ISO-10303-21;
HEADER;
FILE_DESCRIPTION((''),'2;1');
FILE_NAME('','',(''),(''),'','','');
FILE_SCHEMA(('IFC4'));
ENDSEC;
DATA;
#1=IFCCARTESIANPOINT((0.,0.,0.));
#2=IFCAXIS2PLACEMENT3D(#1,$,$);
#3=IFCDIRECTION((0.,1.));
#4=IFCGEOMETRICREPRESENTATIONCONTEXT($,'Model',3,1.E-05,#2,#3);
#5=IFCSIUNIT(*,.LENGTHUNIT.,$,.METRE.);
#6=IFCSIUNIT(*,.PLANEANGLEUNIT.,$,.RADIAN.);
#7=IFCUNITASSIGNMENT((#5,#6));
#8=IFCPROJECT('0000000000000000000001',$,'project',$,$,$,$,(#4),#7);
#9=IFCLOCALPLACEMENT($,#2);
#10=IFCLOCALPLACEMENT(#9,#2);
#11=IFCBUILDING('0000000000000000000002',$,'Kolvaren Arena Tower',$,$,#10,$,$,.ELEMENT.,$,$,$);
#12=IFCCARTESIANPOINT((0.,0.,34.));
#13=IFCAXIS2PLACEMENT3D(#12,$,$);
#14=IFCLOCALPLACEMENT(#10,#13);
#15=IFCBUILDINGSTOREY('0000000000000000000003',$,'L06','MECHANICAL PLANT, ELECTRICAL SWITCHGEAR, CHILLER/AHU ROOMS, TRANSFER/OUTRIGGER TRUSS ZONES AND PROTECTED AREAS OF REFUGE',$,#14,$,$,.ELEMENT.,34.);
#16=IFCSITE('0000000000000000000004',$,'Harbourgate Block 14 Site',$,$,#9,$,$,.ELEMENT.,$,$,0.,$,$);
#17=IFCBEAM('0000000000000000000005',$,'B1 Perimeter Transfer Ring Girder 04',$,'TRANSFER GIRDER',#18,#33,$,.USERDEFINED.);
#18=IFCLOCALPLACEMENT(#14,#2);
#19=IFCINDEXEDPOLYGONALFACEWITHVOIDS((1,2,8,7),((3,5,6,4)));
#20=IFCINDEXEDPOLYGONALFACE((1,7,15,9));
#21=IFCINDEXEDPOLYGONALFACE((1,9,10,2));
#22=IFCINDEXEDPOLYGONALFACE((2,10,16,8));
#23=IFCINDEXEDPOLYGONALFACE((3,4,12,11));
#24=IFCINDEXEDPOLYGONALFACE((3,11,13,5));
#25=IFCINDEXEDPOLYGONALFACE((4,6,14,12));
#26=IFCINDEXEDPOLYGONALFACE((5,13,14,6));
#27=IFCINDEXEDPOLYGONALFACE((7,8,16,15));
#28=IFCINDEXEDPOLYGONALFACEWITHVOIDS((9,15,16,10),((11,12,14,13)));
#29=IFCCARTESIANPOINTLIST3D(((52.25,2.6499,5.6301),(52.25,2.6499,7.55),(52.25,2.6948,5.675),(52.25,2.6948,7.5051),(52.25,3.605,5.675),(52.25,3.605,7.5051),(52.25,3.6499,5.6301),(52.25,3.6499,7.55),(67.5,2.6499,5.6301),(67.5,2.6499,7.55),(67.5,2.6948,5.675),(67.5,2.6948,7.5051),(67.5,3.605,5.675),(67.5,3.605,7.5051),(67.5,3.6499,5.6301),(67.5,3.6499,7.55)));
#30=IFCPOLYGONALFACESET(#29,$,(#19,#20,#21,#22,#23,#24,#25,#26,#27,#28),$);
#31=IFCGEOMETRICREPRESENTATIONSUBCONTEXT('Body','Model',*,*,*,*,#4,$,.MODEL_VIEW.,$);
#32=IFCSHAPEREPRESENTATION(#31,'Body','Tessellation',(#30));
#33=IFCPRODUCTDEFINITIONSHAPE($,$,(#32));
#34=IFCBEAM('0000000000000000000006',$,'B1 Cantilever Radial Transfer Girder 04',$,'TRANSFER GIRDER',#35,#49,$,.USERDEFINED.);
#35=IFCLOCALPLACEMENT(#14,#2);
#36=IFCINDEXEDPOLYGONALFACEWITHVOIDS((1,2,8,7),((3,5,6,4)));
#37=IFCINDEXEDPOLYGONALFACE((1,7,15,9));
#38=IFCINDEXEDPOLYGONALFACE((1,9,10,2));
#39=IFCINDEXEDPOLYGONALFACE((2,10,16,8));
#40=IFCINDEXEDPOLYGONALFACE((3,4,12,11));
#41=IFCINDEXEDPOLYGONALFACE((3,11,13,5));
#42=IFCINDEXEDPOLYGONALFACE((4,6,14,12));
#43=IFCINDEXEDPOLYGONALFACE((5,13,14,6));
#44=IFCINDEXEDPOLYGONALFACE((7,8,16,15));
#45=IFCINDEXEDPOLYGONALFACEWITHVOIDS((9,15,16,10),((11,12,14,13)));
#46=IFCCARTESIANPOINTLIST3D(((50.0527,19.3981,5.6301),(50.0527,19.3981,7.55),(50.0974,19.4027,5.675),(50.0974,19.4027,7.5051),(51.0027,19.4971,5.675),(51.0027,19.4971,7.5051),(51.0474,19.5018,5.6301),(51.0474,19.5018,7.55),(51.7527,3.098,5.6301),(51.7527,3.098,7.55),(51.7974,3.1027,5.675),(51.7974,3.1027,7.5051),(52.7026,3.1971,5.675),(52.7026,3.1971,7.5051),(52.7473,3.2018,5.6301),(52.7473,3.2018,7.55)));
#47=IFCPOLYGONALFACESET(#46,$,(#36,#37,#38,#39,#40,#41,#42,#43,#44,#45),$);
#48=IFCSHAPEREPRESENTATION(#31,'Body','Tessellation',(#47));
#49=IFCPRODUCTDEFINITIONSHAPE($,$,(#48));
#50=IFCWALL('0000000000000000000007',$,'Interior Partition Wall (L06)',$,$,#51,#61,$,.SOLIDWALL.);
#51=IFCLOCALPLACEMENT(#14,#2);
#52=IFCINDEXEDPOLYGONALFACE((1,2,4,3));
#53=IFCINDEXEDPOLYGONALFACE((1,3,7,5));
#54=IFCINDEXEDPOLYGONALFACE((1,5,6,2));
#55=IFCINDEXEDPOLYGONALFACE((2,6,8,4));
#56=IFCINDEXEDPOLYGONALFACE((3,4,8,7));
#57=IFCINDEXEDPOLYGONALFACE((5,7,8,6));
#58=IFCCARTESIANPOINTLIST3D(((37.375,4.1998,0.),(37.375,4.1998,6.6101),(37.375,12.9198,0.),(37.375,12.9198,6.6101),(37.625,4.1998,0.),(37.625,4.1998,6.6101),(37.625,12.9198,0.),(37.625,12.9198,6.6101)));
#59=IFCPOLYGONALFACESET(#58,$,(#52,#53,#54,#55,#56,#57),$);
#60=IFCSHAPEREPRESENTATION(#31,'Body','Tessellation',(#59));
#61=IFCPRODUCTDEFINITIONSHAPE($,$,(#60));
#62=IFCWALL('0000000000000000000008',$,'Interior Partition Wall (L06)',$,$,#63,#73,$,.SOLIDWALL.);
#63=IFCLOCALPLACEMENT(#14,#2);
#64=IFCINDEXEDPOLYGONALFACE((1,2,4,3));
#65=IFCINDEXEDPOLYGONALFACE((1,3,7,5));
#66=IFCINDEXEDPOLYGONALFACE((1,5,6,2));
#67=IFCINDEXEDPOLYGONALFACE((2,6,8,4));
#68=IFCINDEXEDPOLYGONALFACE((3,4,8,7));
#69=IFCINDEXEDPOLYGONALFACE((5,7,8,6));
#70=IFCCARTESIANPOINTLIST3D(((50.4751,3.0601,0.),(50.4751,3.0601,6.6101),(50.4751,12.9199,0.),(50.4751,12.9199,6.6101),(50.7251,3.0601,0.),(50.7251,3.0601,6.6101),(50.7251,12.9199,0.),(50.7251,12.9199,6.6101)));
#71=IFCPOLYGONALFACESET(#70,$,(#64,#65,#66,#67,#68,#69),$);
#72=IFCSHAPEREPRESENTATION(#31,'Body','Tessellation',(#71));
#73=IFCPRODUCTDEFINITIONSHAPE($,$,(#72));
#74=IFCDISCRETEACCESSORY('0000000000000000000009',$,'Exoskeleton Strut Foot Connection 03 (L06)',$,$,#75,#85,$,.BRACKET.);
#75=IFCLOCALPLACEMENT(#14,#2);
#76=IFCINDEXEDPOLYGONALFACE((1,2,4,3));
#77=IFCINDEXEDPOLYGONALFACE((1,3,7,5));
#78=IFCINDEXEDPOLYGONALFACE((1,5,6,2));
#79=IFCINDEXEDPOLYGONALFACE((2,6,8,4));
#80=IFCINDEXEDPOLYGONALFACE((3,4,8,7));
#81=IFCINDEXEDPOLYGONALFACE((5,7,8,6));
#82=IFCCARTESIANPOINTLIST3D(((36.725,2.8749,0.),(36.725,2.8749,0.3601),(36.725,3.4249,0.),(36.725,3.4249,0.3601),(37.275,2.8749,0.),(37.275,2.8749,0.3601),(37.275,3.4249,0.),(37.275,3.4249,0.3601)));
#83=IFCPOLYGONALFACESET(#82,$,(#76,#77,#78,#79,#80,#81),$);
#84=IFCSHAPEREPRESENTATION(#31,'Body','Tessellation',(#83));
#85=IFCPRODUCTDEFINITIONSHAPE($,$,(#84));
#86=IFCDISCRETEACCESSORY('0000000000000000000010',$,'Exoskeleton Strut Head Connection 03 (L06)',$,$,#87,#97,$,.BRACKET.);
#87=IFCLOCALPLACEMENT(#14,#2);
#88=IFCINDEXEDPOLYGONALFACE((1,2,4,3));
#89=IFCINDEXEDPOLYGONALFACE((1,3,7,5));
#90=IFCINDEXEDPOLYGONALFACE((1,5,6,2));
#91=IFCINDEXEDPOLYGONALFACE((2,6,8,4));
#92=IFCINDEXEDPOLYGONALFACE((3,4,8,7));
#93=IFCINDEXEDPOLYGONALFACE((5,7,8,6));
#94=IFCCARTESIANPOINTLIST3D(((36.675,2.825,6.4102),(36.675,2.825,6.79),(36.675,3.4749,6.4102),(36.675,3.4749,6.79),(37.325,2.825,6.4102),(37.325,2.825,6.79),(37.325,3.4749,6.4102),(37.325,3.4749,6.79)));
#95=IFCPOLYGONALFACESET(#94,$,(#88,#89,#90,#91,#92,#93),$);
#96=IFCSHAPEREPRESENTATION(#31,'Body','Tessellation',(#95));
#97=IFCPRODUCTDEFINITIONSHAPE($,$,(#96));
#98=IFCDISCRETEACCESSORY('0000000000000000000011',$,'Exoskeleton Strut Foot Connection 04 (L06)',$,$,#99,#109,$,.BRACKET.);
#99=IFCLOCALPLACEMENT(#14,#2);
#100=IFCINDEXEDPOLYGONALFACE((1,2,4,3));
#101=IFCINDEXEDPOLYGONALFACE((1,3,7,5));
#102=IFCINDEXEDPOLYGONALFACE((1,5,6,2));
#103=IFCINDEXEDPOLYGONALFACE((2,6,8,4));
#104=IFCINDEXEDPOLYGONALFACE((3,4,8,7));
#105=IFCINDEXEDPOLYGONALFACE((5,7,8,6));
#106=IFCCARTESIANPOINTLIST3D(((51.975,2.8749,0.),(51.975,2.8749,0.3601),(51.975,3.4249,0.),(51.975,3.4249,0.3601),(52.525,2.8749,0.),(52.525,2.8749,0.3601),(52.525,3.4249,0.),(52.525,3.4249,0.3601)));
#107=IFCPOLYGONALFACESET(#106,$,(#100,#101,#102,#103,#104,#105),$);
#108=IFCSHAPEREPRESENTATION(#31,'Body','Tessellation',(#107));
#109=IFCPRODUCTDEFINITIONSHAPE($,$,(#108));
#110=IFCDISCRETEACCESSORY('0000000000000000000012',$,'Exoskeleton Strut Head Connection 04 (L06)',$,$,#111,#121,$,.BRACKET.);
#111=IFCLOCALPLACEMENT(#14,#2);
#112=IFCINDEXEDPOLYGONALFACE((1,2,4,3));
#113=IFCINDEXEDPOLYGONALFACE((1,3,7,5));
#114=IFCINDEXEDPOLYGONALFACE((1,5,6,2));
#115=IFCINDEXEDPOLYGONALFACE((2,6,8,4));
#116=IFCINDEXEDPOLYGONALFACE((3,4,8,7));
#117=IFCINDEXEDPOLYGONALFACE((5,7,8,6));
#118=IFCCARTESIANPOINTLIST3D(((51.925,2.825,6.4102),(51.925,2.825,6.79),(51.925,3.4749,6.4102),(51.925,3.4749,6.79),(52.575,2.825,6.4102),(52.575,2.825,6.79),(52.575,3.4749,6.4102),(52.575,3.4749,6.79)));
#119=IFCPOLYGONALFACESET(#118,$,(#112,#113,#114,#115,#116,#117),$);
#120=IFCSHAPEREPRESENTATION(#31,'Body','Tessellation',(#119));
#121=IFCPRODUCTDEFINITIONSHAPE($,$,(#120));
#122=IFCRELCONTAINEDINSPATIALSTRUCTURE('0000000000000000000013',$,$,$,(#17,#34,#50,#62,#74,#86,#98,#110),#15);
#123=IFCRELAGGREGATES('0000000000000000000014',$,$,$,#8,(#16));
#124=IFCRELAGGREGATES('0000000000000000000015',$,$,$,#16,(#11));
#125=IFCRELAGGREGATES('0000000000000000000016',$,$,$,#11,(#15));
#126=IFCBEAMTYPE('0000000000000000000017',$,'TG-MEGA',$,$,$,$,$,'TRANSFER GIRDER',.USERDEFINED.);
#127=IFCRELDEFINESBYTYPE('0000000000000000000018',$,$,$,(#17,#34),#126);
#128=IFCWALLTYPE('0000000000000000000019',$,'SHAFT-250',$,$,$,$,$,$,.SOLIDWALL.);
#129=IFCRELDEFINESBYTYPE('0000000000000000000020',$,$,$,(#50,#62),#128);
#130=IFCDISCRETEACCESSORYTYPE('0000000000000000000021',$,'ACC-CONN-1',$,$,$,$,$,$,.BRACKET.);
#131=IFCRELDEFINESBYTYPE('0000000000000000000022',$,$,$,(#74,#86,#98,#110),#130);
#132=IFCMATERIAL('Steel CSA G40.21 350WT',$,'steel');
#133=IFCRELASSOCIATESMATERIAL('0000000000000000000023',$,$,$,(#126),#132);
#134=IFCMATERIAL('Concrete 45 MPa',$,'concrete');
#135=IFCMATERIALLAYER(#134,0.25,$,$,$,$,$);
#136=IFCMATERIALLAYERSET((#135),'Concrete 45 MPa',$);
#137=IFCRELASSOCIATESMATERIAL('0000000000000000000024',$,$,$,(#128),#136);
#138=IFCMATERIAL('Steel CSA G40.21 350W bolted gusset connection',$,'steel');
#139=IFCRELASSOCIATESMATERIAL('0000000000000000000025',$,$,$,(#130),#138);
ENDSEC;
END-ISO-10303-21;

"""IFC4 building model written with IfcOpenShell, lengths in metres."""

from ifc_helpers import new_model, si_unit, direction, frame, frame_2d, origin, origin_2d, place, context, subcontext, project, spatial, rectangle, hollow_rectangle, extrude, material, layer, layer_set, material_profile, profile_set, type_object, element, save


model = new_model("IFC4")

# Units and contexts
model_context = context("Model", 3, precision=1e-05, world=origin(), true_north=direction((0.0, 1.0)))
body_context = subcontext(model_context, "Body", "Model", "MODEL_VIEW")
ifc_project = project(units=[si_unit("LENGTHUNIT", "METRE"), si_unit("PLANEANGLEUNIT", "RADIAN")], contexts=[model_context])

# Site, building, storey
site_placement = place(None, origin())
site = spatial("IfcSite", under=ifc_project, at=site_placement, Name="Harbourgate Block 14 Site", CompositionType="ELEMENT", RefElevation=0.0)
building_placement = place(site_placement, origin())
building = spatial("IfcBuilding", under=site, at=building_placement, Name="Kolvaren Arena Tower", CompositionType="ELEMENT")
storey_placement = place(building_placement, frame((0.0, 0.0, 34.0)))
storey = spatial("IfcBuildingStorey", under=building, at=storey_placement, Name="L06", Description="MECHANICAL PLANT, ELECTRICAL SWITCHGEAR, CHILLER/AHU ROOMS, TRANSFER/OUTRIGGER TRUSS ZONES AND PROTECTED AREAS OF REFUGE", CompositionType="ELEMENT", Elevation=34.0)

# Shared definitions
ifc_material_1 = material(Name="Steel CSA G40.21 350WT", Category="steel")

# Beams
ifc_material_profile_1 = material_profile(ifc_material_1, hollow_rectangle(XDim=1.0, YDim=1.9199, WallThickness=0.0449, at=origin_2d()), Name="BOX 1000x1920x45")
ifc_profile_set_1 = profile_set([ifc_material_profile_1], Name="Steel CSA G40.21 350WT")
beam_type_1 = type_object("IfcBeamType", Name="TG-MEGA", ElementType="TRANSFER GIRDER", PredefinedType="USERDEFINED", material=ifc_profile_set_1)
beam_1_placement = place(storey_placement, frame((52.25, 3.1499, 6.5901), z_axis=(1.0, 0.0, 0.0), x_axis=(0.0, 1.0, 0.0)))
element("IfcBeam", 1, at=beam_1_placement, inside=storey, type_object=beam_type_1, Name="B1 Perimeter Transfer Ring Girder 04", ObjectType="TRANSFER GIRDER", PredefinedType="USERDEFINED", context=body_context, shape_type="SweptSolid", body=[
    extrude(hollow_rectangle(XDim=1.0, YDim=1.9199, WallThickness=0.0449, at=origin_2d()), origin(), (0.0, 0.0, 1.0), 15.25),
])
beam_2_placement = place(storey_placement, frame((52.25, 3.1499, 6.5901), z_axis=(-0.103729, 0.994606, 0.0), x_axis=(-0.994606, -0.103729, 0.0)))
element("IfcBeam", 2, at=beam_2_placement, inside=storey, type_object=beam_type_1, Name="B1 Cantilever Radial Transfer Girder 04", ObjectType="TRANSFER GIRDER", PredefinedType="USERDEFINED", context=body_context, shape_type="SweptSolid", body=[
    extrude(hollow_rectangle(XDim=1.0, YDim=1.9199, WallThickness=0.0449, at=origin_2d()), origin(), (0.0, 0.0, 1.0), 16.3884),
])

# Walls
ifc_material_2 = material(Name="Concrete 45 MPa", Category="concrete")
ifc_layer = layer(ifc_material_2, 0.25)
ifc_layer_set = layer_set([ifc_layer], Name="Concrete 45 MPa")
wall_type = type_object("IfcWallType", Name="SHAFT-250", PredefinedType="SOLIDWALL", material=ifc_layer_set)
wall_1_placement = place(storey_placement, frame((37.5, 4.2, 0.0), z_axis=(0.0, 0.0, 1.0), x_axis=(0.0, 1.0, 0.0)))
element("IfcWall", 3, at=wall_1_placement, inside=storey, type_object=wall_type, Name="Interior Partition Wall (L06)", PredefinedType="SOLIDWALL", context=body_context, shape_type="SweptSolid", body=[
    extrude(rectangle(XDim=8.72, YDim=0.25, at=frame_2d((4.3599, 0.0))), origin(), (0.0, 0.0, 1.0), 6.6101),
])
wall_2_placement = place(storey_placement, frame((50.6001, 3.0601, 0.0), z_axis=(0.0, 0.0, 1.0), x_axis=(0.0, 1.0, 0.0)))
element("IfcWall", 4, at=wall_2_placement, inside=storey, type_object=wall_type, Name="Interior Partition Wall (L06)", PredefinedType="SOLIDWALL", context=body_context, shape_type="SweptSolid", body=[
    extrude(rectangle(XDim=9.8599, YDim=0.25, at=frame_2d((4.9299, 0.0))), origin(), (0.0, 0.0, 1.0), 6.6101),
])

# Discrete accessories
ifc_material_3 = material(Name="Steel CSA G40.21 350W bolted gusset connection", Category="steel")
discrete_accessory_type = type_object("IfcDiscreteAccessoryType", Name="ACC-CONN-1", PredefinedType="BRACKET", material=ifc_material_3)
discrete_accessory_1_placement = place(storey_placement, frame((37.0, 3.1499, 0.0), z_axis=(0.0, 0.0, 1.0), x_axis=(1.0, 0.0, 0.0)))
element("IfcDiscreteAccessory", 5, at=discrete_accessory_1_placement, inside=storey, type_object=discrete_accessory_type, Name="Exoskeleton Strut Foot Connection 03 (L06)", PredefinedType="BRACKET", context=body_context, shape_type="SweptSolid", body=[
    extrude(rectangle(XDim=0.55, YDim=0.55, at=origin_2d()), origin(), (0.0, 0.0, 1.0), 0.3601),
])
discrete_accessory_2_placement = place(storey_placement, frame((37.0, 3.1499, 6.4102), z_axis=(0.0, 0.0, 1.0), x_axis=(1.0, 0.0, 0.0)))
element("IfcDiscreteAccessory", 6, at=discrete_accessory_2_placement, inside=storey, type_object=discrete_accessory_type, Name="Exoskeleton Strut Head Connection 03 (L06)", PredefinedType="BRACKET", context=body_context, shape_type="SweptSolid", body=[
    extrude(rectangle(XDim=0.6499, YDim=0.6499, at=origin_2d()), origin(), (0.0, 0.0, 1.0), 0.3799),
])
discrete_accessory_3_placement = place(storey_placement, frame((52.25, 3.1499, 0.0), z_axis=(0.0, 0.0, 1.0), x_axis=(1.0, 0.0, 0.0)))
element("IfcDiscreteAccessory", 7, at=discrete_accessory_3_placement, inside=storey, type_object=discrete_accessory_type, Name="Exoskeleton Strut Foot Connection 04 (L06)", PredefinedType="BRACKET", context=body_context, shape_type="SweptSolid", body=[
    extrude(rectangle(XDim=0.55, YDim=0.55, at=origin_2d()), origin(), (0.0, 0.0, 1.0), 0.3601),
])
discrete_accessory_4_placement = place(storey_placement, frame((52.25, 3.1499, 6.4102), z_axis=(0.0, 0.0, 1.0), x_axis=(1.0, 0.0, 0.0)))
element("IfcDiscreteAccessory", 8, at=discrete_accessory_4_placement, inside=storey, type_object=discrete_accessory_type, Name="Exoskeleton Strut Head Connection 04 (L06)", PredefinedType="BRACKET", context=body_context, shape_type="SweptSolid", body=[
    extrude(rectangle(XDim=0.6499, YDim=0.6499, at=origin_2d()), origin(), (0.0, 0.0, 1.0), 0.3799),
])

save(model, "model.ifc")
